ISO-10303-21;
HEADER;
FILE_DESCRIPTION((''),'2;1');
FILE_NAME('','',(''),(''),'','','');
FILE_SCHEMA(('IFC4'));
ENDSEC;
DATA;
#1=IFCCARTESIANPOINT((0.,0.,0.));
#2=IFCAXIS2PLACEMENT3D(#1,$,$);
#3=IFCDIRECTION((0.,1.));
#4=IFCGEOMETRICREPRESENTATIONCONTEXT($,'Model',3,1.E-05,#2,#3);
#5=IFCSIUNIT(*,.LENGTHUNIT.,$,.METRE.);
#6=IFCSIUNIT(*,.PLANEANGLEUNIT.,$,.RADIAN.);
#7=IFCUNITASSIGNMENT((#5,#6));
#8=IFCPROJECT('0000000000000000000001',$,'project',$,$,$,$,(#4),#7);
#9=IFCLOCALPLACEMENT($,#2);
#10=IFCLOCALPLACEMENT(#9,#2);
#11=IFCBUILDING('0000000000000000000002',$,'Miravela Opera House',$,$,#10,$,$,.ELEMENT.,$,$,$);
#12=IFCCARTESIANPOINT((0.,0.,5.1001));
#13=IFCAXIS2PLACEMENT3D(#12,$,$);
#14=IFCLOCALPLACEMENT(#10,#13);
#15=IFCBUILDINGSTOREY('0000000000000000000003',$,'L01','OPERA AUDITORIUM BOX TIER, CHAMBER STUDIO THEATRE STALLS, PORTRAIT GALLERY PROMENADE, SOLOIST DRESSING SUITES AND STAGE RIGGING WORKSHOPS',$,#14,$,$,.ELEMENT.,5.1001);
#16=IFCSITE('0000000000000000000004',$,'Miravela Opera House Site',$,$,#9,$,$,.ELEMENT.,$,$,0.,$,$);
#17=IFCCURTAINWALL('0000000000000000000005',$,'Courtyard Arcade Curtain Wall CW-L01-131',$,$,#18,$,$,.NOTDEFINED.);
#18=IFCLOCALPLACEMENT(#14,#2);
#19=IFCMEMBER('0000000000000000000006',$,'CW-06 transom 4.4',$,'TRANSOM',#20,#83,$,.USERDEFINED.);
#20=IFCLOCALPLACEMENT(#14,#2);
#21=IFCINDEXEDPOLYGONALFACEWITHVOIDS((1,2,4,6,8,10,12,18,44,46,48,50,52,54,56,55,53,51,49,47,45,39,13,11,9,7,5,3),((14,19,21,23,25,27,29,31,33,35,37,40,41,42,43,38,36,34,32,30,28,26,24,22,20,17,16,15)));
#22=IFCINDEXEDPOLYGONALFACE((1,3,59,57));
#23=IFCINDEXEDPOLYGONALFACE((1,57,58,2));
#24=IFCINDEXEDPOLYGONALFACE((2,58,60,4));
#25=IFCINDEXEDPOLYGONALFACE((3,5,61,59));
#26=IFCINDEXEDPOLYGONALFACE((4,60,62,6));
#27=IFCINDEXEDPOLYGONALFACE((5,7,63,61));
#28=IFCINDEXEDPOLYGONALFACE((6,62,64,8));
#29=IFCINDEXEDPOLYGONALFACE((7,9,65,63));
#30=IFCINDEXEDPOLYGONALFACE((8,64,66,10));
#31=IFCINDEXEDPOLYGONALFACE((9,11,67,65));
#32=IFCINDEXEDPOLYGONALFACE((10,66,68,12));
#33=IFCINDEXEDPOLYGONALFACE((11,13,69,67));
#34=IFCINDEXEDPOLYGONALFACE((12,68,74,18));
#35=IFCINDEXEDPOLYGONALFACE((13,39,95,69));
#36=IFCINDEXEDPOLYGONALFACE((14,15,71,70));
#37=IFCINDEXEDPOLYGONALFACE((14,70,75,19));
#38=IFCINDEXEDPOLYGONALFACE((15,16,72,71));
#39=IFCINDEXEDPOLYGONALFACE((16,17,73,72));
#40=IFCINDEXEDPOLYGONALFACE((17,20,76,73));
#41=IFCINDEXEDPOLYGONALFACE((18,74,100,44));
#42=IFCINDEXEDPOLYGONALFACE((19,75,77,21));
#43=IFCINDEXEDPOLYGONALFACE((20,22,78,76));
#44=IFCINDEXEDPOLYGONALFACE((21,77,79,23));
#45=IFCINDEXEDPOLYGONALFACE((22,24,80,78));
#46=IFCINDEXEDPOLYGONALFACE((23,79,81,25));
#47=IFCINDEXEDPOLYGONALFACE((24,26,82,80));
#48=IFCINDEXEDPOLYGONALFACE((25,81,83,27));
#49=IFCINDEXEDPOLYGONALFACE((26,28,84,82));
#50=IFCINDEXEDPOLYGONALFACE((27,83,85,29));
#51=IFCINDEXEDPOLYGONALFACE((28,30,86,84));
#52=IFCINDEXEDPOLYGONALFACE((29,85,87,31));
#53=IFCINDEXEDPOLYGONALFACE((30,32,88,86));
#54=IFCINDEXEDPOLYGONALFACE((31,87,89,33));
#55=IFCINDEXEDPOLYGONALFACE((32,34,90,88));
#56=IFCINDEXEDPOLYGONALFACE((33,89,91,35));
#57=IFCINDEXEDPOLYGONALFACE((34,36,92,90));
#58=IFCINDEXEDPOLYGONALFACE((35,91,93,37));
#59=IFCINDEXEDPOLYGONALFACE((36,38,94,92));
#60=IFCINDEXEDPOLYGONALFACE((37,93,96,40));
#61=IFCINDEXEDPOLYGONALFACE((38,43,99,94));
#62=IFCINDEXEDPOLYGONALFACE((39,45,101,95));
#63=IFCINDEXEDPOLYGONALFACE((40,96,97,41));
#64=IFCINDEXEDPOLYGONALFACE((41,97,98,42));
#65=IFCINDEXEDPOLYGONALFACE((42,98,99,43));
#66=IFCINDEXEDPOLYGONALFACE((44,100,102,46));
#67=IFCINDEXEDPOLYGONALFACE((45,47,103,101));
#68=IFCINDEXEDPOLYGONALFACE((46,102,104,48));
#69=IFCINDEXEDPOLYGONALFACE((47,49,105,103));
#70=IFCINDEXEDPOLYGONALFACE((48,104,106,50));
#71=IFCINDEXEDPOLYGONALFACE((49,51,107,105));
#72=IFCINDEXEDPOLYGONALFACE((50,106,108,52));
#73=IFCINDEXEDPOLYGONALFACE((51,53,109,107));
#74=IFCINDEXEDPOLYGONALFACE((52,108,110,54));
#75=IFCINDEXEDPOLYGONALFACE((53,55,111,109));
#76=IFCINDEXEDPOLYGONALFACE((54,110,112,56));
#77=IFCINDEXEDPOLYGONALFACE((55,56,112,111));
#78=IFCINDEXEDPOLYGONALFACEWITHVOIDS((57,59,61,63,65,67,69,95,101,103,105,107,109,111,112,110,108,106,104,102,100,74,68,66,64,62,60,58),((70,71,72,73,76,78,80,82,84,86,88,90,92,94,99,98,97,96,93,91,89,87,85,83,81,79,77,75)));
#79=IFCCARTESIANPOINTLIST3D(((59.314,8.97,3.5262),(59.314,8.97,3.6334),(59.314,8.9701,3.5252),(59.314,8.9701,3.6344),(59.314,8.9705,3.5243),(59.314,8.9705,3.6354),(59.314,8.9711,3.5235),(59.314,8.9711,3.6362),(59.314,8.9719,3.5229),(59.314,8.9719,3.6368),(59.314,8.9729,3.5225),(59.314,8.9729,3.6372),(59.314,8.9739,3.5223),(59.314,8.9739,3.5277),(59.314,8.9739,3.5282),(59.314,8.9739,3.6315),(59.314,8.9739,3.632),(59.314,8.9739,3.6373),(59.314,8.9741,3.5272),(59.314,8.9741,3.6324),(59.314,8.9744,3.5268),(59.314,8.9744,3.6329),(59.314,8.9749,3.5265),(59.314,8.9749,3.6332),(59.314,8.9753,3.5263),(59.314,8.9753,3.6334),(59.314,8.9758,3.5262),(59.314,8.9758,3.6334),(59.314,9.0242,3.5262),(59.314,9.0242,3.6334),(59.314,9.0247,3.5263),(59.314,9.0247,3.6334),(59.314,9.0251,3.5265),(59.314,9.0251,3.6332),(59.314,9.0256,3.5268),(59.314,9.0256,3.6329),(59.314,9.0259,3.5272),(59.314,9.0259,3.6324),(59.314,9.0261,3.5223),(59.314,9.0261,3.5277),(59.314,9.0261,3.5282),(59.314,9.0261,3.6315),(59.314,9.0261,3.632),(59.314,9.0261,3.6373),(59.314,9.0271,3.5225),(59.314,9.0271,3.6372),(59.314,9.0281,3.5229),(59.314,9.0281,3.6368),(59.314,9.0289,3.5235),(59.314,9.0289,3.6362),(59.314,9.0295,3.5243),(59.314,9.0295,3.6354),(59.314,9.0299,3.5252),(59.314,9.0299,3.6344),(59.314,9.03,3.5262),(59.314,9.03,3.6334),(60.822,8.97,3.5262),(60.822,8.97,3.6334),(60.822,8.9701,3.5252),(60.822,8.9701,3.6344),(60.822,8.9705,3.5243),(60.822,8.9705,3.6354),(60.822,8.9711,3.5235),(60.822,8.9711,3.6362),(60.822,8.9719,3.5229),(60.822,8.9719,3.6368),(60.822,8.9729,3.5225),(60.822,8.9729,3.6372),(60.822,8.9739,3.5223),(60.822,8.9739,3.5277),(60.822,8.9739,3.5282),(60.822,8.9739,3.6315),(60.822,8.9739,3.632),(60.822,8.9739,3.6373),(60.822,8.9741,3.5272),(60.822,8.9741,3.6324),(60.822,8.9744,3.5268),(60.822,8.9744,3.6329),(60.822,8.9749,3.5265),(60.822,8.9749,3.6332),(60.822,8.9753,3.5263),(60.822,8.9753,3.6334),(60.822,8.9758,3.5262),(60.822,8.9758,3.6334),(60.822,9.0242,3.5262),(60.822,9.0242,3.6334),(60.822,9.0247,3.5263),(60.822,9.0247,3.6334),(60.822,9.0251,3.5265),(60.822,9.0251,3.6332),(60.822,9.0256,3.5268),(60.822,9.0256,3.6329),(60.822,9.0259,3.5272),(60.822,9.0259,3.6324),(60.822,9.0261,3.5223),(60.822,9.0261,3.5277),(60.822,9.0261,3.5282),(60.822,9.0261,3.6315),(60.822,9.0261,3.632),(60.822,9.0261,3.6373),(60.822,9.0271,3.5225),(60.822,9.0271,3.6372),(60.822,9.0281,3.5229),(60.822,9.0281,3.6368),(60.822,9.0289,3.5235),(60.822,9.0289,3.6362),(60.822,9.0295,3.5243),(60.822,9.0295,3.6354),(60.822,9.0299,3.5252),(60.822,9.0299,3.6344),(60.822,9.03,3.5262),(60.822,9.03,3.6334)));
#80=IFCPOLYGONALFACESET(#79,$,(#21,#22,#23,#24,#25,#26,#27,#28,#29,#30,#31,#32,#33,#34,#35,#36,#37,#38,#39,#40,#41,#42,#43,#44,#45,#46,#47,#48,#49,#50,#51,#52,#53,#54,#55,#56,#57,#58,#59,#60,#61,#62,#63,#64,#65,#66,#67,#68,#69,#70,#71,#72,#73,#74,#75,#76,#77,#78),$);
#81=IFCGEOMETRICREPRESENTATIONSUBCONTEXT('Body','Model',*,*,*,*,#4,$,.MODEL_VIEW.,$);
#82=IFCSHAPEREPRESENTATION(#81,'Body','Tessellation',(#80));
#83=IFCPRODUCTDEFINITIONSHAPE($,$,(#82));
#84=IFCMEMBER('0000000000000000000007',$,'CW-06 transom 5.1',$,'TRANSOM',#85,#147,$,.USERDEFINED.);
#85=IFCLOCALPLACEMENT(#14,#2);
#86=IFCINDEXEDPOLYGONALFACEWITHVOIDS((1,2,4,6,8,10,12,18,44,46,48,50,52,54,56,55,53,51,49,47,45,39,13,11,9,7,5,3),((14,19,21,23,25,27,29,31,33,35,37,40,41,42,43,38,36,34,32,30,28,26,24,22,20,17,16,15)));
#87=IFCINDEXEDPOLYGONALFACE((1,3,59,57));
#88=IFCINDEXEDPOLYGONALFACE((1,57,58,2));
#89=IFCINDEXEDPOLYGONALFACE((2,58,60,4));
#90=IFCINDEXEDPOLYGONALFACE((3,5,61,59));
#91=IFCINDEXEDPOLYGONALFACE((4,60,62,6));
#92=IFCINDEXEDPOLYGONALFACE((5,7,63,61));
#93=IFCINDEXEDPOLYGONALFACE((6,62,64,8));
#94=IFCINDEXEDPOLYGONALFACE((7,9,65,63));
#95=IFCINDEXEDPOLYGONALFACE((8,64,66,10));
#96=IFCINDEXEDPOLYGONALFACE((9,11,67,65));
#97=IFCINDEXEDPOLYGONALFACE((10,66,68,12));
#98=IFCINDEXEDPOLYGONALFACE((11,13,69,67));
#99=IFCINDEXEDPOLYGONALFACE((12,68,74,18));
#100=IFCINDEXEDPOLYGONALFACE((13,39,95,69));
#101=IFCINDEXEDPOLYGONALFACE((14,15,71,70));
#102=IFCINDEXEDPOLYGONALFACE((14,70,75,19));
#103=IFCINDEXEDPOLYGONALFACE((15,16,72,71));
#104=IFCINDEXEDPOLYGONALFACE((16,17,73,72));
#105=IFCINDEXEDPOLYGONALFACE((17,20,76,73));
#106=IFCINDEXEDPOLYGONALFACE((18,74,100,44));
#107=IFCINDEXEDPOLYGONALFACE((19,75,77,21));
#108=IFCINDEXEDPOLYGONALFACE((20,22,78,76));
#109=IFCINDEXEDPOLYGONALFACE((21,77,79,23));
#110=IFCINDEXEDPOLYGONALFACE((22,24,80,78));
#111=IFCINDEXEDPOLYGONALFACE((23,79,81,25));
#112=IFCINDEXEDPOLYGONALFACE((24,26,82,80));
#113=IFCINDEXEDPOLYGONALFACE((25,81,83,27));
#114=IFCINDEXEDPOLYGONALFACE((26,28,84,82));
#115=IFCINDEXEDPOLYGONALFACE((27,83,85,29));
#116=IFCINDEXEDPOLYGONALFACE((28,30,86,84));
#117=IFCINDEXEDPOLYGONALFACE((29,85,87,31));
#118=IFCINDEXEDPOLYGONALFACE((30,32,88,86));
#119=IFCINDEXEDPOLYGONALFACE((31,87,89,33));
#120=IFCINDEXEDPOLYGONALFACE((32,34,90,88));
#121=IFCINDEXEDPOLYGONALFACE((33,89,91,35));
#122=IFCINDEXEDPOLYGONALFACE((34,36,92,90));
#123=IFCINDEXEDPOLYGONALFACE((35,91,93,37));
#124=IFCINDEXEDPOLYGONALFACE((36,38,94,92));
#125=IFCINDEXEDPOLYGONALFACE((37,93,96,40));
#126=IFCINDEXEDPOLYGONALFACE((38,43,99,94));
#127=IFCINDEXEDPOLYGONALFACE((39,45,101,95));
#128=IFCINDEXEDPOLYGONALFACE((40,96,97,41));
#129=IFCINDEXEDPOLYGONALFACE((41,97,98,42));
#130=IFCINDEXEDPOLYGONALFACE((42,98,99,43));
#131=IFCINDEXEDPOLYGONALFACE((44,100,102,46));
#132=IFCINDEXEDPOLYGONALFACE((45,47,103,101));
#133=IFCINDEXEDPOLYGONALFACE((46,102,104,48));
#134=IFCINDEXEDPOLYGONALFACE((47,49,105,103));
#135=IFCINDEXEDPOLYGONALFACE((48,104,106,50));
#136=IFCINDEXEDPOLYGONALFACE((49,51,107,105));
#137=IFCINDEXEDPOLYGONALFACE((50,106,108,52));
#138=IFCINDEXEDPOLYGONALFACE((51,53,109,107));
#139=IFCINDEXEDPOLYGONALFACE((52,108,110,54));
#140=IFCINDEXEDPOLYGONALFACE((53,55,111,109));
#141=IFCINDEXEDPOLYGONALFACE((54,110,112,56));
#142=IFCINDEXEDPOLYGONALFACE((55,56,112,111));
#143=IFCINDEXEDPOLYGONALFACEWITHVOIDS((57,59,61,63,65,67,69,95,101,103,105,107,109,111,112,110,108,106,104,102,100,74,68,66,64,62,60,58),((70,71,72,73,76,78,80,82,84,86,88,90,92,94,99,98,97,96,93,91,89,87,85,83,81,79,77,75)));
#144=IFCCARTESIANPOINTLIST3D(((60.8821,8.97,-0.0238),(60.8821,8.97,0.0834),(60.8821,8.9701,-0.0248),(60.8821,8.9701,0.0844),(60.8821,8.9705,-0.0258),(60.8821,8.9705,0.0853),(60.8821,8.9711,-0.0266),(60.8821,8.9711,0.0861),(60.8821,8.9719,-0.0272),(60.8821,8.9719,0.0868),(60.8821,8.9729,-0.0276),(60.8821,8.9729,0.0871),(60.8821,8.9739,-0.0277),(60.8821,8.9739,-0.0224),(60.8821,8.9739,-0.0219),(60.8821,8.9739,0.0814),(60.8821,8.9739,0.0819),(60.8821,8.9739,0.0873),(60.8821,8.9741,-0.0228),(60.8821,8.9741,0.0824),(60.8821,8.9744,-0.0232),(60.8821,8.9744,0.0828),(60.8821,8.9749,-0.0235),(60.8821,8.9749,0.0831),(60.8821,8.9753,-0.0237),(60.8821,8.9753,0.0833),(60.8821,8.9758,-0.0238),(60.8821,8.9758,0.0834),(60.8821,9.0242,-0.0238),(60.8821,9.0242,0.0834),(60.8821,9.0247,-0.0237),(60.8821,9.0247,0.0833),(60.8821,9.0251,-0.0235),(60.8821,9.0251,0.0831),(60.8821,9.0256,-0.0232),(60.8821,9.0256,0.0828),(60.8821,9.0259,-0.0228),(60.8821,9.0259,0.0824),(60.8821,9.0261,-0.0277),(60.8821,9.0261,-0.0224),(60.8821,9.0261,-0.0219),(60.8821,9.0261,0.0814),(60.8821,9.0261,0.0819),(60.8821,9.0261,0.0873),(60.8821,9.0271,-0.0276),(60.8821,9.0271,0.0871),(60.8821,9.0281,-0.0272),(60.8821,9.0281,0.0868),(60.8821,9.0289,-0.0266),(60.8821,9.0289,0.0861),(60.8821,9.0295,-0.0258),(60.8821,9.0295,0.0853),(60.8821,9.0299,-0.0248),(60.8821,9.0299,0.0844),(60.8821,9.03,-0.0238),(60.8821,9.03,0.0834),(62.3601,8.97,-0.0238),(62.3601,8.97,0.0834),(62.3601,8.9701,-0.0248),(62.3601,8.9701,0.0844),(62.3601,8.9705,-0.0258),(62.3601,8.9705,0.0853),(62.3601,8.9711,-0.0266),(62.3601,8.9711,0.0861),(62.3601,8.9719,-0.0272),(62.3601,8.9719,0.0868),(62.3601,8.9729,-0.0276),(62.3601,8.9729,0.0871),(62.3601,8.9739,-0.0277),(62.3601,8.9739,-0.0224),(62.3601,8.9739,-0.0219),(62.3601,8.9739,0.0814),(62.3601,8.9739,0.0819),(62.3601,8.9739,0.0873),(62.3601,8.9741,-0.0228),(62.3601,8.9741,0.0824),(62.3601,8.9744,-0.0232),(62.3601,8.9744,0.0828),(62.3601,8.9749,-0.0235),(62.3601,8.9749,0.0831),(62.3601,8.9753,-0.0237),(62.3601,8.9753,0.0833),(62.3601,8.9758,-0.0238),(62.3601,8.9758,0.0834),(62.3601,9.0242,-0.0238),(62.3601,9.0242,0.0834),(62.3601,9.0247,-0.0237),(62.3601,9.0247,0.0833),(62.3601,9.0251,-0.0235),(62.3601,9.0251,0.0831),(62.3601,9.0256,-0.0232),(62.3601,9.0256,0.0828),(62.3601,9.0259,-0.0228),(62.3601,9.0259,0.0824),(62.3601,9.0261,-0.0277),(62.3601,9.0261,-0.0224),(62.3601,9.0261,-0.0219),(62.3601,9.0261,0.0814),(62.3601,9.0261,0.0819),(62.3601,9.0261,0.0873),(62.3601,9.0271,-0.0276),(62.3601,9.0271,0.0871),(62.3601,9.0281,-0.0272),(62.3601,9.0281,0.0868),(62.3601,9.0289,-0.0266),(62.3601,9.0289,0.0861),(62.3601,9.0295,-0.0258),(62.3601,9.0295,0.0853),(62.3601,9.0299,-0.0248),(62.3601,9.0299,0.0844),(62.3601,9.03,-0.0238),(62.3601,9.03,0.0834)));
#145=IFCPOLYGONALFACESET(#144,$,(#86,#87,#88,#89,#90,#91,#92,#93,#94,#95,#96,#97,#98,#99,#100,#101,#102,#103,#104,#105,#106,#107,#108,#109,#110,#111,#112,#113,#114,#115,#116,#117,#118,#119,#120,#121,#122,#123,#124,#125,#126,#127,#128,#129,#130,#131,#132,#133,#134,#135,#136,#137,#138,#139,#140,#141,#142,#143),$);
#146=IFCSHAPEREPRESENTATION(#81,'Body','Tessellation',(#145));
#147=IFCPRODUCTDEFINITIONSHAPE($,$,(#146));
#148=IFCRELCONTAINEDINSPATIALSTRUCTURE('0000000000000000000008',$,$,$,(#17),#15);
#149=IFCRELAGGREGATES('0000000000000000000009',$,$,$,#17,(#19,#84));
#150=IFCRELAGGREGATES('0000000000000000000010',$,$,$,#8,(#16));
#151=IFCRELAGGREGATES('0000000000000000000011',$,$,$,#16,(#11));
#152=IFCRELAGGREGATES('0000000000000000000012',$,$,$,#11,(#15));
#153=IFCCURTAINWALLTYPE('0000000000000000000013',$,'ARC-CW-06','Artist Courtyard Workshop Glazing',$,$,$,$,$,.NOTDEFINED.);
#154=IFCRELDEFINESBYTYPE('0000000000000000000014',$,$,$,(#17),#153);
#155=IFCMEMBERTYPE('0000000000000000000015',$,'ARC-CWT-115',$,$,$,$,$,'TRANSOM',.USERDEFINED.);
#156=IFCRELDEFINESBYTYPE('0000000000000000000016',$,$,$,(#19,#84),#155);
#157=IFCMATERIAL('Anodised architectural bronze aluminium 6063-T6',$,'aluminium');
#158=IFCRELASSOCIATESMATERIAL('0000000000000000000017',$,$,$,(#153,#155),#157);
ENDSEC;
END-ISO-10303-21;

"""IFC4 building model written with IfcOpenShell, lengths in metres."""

from ifc_helpers import new_model, si_unit, direction, frame, origin, origin_2d, place, context, subcontext, project, spatial, hollow_rectangle, extrude, material, material_profile, profile_set, type_object, element, aggregate, save


model = new_model("IFC4")

# Units and contexts
model_context = context("Model", 3, precision=1e-05, world=origin(), true_north=direction((0.0, 1.0)))
body_context = subcontext(model_context, "Body", "Model", "MODEL_VIEW")
ifc_project = project(units=[si_unit("LENGTHUNIT", "METRE"), si_unit("PLANEANGLEUNIT", "RADIAN")], contexts=[model_context])

# Site, building, storey
site_placement = place(None, origin())
site = spatial("IfcSite", under=ifc_project, at=site_placement, Name="Miravela Opera House Site", CompositionType="ELEMENT", RefElevation=0.0)
building_placement = place(site_placement, origin())
building = spatial("IfcBuilding", under=site, at=building_placement, Name="Miravela Opera House", CompositionType="ELEMENT")
storey_placement = place(building_placement, frame((0.0, 0.0, 5.1001)))
storey = spatial("IfcBuildingStorey", under=building, at=storey_placement, Name="L01", Description="OPERA AUDITORIUM BOX TIER, CHAMBER STUDIO THEATRE STALLS, PORTRAIT GALLERY PROMENADE, SOLOIST DRESSING SUITES AND STAGE RIGGING WORKSHOPS", CompositionType="ELEMENT", Elevation=5.1001)

# Curtain wall, members
ifc_material_1 = material(Name="Anodised architectural bronze aluminium 6063-T6", Category="aluminium")
curtain_wall_type = type_object("IfcCurtainWallType", Name="ARC-CW-06", Description="Artist Courtyard Workshop Glazing", PredefinedType="NOTDEFINED", material=ifc_material_1)
curtain_wall_placement = place(storey_placement, origin())
curtain_wall = element("IfcCurtainWall", 1, at=curtain_wall_placement, inside=storey, type_object=curtain_wall_type, Name="Courtyard Arcade Curtain Wall CW-L01-131", PredefinedType="NOTDEFINED")
ifc_material_profile_1 = material_profile(ifc_material_1, hollow_rectangle(XDim=0.0601, YDim=0.115, WallThickness=0.0039, InnerFilletRadius=0.002, OuterFilletRadius=0.0039, at=origin_2d()), Name="CWT-60X115")
ifc_profile_set_1 = profile_set([ifc_material_profile_1])
member_type_1 = type_object("IfcMemberType", Name="ARC-CWT-115", ElementType="TRANSOM", PredefinedType="USERDEFINED", material=ifc_profile_set_1)
member_1_placement = place(storey_placement, frame((59.314, 9.0, 3.5798), z_axis=(1.0, 0.0, 0.0), x_axis=(0.0, 1.0, 0.0)))
member_1 = element("IfcMember", 2, at=member_1_placement, type_object=member_type_1, Name="CW-06 transom 4.4", ObjectType="TRANSOM", PredefinedType="USERDEFINED", context=body_context, shape_type="SweptSolid", body=[
    extrude(hollow_rectangle(XDim=0.0601, YDim=0.115, WallThickness=0.0039, InnerFilletRadius=0.002, OuterFilletRadius=0.0039, at=origin_2d()), origin(), (0.0, 0.0, 1.0), 1.5081),
])
member_2_placement = place(storey_placement, frame((60.8821, 9.0, 0.0298), z_axis=(1.0, 0.0, 0.0), x_axis=(0.0, 1.0, 0.0)))
member_2 = element("IfcMember", 3, at=member_2_placement, type_object=member_type_1, Name="CW-06 transom 5.1", ObjectType="TRANSOM", PredefinedType="USERDEFINED", context=body_context, shape_type="SweptSolid", body=[
    extrude(hollow_rectangle(XDim=0.0601, YDim=0.115, WallThickness=0.0039, InnerFilletRadius=0.002, OuterFilletRadius=0.0039, at=origin_2d()), origin(), (0.0, 0.0, 1.0), 1.478),
])

aggregate(curtain_wall, [member_1, member_2])

save(model, "model.ifc")
